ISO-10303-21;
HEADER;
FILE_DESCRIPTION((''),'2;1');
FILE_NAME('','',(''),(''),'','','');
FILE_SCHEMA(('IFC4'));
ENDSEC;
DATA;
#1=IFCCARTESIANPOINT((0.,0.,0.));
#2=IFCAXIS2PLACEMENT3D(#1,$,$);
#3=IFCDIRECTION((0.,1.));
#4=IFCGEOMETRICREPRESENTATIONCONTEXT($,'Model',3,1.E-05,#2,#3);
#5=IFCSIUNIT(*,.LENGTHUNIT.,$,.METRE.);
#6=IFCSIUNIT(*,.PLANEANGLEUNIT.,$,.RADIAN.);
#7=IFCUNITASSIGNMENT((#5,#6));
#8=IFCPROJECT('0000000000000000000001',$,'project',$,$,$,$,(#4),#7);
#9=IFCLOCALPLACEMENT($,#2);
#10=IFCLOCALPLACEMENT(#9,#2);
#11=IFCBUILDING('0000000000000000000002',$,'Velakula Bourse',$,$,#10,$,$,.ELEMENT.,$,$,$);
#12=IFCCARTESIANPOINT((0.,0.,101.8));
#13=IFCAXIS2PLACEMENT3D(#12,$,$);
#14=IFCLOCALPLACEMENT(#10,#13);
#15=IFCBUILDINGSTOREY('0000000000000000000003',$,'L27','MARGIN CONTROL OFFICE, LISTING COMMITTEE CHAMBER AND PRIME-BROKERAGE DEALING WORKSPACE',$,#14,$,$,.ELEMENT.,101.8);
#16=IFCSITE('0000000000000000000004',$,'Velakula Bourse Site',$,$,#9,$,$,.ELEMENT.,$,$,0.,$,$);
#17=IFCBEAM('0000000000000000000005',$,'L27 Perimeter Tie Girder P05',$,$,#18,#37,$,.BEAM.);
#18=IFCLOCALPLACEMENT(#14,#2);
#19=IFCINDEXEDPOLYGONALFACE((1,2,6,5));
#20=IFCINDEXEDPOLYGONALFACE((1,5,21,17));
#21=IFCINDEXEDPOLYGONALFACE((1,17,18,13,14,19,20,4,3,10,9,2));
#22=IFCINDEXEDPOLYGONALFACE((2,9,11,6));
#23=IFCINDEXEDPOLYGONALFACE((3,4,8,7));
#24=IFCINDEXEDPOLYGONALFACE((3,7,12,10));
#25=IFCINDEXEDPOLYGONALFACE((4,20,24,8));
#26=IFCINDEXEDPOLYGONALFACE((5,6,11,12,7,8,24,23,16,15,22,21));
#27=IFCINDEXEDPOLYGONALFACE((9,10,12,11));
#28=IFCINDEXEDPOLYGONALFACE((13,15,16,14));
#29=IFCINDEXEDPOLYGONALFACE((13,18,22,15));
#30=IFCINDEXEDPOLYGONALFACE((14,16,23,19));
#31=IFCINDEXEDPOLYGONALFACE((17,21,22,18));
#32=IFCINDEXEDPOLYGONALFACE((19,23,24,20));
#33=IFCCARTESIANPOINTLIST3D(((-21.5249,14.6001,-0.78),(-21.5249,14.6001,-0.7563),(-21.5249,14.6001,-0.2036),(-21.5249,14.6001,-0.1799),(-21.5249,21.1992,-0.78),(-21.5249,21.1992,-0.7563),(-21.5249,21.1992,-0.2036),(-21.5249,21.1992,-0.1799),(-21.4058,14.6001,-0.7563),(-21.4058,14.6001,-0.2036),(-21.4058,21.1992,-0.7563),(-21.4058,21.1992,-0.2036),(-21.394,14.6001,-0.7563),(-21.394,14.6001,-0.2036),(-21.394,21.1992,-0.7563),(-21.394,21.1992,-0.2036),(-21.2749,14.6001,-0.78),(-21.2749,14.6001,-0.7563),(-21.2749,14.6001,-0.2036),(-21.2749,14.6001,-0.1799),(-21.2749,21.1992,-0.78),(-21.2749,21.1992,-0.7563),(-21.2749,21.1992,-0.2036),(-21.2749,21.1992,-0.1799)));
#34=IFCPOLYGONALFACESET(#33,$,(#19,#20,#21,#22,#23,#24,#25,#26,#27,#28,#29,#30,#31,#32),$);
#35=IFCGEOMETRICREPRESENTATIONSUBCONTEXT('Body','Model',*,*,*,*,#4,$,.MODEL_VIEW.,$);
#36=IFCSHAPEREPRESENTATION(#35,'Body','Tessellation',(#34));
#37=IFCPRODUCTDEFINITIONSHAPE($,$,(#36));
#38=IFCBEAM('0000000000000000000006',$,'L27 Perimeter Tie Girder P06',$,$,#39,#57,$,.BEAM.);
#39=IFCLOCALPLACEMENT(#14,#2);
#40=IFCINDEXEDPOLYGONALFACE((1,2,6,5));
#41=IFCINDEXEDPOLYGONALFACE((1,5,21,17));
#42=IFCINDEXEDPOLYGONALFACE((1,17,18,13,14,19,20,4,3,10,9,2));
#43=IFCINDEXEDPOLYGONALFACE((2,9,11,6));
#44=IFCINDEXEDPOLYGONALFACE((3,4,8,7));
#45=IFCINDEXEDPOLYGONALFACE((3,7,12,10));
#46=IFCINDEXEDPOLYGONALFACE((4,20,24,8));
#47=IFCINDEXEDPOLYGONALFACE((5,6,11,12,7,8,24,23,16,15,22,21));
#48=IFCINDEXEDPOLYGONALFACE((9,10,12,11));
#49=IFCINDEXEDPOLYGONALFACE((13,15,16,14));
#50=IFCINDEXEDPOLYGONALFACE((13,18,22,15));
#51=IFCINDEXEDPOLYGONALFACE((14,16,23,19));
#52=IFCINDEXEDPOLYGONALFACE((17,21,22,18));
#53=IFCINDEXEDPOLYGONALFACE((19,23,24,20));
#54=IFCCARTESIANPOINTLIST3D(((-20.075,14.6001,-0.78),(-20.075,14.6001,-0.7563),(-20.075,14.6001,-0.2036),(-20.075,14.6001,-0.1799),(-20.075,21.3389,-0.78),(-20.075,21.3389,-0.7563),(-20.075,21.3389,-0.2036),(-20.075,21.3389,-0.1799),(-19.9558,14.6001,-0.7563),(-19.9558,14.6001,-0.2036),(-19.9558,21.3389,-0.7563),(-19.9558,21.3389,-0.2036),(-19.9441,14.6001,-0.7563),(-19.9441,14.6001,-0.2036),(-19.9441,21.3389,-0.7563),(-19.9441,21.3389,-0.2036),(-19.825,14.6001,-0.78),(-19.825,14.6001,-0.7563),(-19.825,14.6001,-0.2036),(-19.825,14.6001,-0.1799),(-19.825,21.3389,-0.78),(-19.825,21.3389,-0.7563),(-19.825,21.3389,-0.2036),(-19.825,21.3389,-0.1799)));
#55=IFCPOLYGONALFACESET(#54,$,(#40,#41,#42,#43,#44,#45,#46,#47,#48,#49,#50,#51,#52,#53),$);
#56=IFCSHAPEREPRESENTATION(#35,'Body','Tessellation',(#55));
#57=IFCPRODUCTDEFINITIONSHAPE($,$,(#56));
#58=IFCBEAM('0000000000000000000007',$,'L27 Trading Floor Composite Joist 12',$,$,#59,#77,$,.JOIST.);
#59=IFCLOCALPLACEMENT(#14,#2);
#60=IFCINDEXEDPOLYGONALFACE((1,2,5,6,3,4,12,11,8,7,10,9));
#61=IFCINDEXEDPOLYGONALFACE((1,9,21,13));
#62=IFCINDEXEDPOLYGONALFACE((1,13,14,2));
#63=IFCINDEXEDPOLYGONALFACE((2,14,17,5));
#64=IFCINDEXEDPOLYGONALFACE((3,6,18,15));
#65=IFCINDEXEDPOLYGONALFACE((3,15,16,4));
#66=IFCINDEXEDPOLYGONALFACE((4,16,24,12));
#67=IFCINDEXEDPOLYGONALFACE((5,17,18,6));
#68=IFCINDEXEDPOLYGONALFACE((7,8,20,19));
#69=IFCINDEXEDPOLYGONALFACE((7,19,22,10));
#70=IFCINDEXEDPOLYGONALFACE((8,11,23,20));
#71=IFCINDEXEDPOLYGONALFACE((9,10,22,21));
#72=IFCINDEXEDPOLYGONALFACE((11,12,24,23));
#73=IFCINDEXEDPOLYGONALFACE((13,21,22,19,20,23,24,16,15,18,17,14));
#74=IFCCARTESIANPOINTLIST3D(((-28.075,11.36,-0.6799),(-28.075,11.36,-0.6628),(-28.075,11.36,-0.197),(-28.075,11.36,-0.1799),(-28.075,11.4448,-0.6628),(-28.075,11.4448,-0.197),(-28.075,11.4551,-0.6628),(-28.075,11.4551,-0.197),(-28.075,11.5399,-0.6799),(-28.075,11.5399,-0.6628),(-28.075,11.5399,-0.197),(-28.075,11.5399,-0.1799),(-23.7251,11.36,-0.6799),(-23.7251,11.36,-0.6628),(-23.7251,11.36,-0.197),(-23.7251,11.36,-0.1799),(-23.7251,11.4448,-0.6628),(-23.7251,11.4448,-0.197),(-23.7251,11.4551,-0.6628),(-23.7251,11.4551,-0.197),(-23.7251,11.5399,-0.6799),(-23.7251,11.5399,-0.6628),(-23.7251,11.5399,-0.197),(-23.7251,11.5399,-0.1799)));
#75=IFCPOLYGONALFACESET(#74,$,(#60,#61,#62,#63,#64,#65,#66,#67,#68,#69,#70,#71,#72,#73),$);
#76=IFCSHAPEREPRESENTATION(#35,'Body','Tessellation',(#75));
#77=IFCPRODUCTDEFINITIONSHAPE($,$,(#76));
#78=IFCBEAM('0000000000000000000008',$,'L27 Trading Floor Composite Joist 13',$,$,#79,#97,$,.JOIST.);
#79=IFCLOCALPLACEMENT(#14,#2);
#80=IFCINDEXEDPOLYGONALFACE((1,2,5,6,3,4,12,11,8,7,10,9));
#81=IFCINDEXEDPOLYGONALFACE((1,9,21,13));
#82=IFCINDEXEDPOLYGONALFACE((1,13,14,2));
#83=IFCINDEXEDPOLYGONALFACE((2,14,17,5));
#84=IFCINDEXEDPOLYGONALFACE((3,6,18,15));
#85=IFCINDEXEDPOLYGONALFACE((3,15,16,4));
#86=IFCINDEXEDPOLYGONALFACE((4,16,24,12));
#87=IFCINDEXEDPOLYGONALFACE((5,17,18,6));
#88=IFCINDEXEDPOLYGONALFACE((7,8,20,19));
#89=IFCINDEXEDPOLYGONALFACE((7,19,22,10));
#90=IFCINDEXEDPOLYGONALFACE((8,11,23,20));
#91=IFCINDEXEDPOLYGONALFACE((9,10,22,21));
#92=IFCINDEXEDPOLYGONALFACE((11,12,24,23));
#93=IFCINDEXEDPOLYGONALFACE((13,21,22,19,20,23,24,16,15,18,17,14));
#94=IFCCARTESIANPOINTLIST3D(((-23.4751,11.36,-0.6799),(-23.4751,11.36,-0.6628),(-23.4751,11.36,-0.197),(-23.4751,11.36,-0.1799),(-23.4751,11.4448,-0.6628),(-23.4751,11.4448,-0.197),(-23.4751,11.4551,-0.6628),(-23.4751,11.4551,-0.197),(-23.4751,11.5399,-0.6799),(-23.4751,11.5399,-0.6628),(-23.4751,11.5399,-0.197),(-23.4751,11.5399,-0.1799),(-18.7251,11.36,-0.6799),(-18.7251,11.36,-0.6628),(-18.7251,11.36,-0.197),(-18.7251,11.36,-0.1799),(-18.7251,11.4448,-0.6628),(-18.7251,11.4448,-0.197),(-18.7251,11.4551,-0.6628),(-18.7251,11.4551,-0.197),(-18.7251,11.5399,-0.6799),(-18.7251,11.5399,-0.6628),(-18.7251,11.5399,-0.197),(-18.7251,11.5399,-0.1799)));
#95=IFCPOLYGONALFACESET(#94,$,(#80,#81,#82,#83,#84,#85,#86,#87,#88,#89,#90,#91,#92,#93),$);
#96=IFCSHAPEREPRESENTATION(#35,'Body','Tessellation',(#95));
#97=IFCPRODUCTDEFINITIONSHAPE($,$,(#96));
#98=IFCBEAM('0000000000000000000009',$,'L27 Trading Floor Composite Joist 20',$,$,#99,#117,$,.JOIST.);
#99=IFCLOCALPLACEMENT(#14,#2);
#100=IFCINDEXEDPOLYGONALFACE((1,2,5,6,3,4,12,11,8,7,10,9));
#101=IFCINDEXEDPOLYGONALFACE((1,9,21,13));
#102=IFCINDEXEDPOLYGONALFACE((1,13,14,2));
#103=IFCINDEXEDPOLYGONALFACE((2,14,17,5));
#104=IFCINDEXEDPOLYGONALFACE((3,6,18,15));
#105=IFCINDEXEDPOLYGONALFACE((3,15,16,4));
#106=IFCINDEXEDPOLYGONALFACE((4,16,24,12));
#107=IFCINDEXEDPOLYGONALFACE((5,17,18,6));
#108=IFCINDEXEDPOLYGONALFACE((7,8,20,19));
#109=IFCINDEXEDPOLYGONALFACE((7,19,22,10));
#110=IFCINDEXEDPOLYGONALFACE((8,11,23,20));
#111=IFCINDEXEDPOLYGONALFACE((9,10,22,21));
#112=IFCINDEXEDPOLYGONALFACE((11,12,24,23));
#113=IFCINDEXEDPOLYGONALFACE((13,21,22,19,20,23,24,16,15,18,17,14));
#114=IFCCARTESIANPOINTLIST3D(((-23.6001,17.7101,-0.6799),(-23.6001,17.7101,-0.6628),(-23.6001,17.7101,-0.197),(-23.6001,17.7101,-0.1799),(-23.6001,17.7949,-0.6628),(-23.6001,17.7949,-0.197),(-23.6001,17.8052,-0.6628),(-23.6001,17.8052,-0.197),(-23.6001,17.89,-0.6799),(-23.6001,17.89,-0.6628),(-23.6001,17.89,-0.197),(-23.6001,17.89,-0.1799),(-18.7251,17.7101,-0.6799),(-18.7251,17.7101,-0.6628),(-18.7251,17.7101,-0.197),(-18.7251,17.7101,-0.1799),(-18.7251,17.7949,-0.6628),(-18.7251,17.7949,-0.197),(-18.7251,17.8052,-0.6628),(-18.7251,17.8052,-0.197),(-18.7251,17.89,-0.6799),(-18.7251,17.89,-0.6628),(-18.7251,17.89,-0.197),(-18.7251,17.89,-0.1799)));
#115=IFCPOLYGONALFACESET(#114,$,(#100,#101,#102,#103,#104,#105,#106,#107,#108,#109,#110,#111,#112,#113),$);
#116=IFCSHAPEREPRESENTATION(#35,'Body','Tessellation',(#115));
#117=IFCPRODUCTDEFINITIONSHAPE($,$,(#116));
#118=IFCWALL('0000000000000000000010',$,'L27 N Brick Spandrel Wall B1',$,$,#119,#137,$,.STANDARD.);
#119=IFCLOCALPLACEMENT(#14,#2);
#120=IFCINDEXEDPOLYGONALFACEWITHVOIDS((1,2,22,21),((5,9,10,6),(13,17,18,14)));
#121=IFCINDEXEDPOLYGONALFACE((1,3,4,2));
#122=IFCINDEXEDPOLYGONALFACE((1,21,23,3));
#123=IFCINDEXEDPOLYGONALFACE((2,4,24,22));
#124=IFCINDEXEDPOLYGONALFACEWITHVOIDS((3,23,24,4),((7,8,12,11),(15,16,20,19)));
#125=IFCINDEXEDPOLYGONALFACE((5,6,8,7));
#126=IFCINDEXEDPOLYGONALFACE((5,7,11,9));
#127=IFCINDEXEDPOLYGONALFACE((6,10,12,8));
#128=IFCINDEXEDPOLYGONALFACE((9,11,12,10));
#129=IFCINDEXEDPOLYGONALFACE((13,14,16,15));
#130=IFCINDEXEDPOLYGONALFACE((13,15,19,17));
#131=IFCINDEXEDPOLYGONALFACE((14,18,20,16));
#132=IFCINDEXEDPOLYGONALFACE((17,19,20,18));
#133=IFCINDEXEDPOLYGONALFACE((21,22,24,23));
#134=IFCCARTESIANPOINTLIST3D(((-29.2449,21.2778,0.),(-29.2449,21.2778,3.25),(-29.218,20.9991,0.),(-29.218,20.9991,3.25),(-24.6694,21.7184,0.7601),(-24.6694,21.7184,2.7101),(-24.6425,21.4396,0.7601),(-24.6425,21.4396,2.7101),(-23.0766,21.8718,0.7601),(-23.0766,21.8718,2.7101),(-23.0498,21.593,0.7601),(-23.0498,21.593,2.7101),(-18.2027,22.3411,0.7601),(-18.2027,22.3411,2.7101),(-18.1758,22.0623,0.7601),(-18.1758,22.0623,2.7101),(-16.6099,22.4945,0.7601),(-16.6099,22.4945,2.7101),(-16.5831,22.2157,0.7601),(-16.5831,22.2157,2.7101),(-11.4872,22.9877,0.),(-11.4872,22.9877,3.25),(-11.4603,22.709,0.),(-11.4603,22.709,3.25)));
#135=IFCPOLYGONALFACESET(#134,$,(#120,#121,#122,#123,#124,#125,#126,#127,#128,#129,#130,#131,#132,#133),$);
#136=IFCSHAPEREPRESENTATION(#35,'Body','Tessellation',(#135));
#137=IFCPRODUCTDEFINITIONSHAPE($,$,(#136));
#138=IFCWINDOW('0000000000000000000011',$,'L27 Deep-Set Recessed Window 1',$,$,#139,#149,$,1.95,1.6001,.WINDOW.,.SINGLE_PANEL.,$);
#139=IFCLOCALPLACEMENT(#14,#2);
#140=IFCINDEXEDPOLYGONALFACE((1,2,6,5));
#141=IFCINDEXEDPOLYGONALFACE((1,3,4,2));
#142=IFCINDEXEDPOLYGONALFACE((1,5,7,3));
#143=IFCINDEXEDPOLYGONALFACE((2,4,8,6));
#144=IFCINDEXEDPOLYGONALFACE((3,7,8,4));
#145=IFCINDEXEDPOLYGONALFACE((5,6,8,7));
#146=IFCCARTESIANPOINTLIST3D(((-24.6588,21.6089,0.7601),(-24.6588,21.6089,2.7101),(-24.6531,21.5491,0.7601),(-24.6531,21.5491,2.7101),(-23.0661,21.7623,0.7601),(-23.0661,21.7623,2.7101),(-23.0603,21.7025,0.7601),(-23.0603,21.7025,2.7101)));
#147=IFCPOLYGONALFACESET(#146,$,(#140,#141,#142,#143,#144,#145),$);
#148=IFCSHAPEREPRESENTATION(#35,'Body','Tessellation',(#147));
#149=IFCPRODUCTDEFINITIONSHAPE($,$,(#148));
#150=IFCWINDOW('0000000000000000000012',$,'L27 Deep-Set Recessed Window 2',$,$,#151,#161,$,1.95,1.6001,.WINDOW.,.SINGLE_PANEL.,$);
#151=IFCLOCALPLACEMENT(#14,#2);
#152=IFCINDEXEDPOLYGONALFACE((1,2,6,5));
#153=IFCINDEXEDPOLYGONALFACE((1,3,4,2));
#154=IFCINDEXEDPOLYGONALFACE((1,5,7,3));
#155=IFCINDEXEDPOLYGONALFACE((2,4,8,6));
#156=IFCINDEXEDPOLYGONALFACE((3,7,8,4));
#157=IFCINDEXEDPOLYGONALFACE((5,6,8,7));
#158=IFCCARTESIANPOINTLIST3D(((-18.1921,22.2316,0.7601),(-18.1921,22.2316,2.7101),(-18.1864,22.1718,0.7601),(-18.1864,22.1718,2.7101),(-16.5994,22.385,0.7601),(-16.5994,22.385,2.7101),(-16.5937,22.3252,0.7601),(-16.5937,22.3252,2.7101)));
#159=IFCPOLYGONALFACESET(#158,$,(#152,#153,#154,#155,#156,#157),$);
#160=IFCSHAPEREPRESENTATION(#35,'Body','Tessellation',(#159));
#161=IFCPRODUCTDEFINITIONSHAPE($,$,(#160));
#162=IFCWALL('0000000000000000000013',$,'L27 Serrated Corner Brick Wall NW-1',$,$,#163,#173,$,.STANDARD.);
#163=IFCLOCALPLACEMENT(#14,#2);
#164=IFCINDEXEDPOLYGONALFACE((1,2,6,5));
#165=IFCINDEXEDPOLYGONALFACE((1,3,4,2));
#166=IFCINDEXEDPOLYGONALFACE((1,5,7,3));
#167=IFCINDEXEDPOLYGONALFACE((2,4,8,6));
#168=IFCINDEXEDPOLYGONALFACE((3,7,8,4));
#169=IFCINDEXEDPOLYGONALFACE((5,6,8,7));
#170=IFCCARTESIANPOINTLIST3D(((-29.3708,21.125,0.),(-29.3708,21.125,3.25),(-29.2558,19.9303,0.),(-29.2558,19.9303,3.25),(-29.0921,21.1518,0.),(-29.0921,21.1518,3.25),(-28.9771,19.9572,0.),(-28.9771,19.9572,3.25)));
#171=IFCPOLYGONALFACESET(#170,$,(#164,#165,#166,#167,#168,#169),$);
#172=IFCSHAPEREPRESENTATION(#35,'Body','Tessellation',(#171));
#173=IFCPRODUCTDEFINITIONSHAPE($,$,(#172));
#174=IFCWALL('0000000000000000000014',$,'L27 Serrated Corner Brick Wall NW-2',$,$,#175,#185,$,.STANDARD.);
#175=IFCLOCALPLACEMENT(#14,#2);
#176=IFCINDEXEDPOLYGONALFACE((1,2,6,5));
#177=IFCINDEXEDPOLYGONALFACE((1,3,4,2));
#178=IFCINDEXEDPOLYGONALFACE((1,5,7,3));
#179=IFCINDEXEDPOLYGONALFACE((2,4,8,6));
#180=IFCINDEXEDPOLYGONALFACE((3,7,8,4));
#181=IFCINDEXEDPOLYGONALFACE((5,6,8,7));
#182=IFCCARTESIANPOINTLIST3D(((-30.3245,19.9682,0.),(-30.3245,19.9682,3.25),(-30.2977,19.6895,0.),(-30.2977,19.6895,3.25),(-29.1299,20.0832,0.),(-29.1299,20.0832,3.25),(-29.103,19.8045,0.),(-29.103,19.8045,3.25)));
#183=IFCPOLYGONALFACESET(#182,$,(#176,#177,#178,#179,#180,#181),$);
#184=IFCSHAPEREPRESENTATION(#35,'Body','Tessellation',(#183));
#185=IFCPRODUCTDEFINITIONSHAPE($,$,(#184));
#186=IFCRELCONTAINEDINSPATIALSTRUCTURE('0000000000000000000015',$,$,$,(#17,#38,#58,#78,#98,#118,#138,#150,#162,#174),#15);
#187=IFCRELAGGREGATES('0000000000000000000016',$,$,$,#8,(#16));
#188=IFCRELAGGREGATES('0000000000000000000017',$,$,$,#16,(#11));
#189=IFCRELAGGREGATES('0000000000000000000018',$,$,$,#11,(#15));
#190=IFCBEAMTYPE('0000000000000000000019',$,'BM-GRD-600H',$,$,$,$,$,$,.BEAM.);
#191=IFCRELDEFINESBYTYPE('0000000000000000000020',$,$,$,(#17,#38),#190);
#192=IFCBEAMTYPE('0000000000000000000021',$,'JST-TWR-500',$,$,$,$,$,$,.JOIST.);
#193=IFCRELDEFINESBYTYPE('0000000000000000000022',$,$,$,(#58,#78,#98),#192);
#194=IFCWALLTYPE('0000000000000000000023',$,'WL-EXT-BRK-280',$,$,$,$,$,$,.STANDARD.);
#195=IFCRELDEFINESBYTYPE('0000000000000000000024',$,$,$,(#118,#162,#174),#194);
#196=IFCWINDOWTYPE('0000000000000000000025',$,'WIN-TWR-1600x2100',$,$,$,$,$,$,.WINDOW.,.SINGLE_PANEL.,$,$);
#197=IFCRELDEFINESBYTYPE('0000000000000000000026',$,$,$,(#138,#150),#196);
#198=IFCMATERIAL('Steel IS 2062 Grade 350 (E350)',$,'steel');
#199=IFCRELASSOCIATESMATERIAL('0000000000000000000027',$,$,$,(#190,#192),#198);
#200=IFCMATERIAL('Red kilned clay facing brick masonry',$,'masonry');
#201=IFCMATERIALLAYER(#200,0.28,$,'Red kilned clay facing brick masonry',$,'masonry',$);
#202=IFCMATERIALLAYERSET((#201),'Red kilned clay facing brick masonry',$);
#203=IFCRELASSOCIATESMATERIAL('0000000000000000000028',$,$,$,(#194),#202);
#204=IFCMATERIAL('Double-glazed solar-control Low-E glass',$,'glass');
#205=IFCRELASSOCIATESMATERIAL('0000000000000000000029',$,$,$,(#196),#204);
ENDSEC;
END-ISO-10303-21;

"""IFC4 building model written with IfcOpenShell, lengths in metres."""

from ifc_helpers import new_model, si_unit, direction, frame, frame_2d, origin, origin_2d, place, context, subcontext, project, spatial, rectangle, i_section, extrude, material, layer, layer_set, material_profile, profile_set, type_object, element, fill, save


model = new_model("IFC4")

# Units and contexts
model_context = context("Model", 3, precision=1e-05, world=origin(), true_north=direction((0.0, 1.0)))
body_context = subcontext(model_context, "Body", "Model", "MODEL_VIEW")
ifc_project = project(units=[si_unit("LENGTHUNIT", "METRE"), si_unit("PLANEANGLEUNIT", "RADIAN")], contexts=[model_context])

# Site, building, storey
site_placement = place(None, origin())
site = spatial("IfcSite", under=ifc_project, at=site_placement, Name="Velakula Bourse Site", CompositionType="ELEMENT", RefElevation=0.0)
building_placement = place(site_placement, origin())
building = spatial("IfcBuilding", under=site, at=building_placement, Name="Velakula Bourse", CompositionType="ELEMENT")
storey_placement = place(building_placement, frame((0.0, 0.0, 101.8)))
storey = spatial("IfcBuildingStorey", under=building, at=storey_placement, Name="L27", Description="MARGIN CONTROL OFFICE, LISTING COMMITTEE CHAMBER AND PRIME-BROKERAGE DEALING WORKSPACE", CompositionType="ELEMENT", Elevation=101.8)

# Beams
ifc_material_1 = material(Name="Steel IS 2062 Grade 350 (E350)", Category="steel")
ifc_material_profile_1 = material_profile(ifc_material_1, i_section(OverallWidth=0.25, OverallDepth=0.6001, WebThickness=0.0117, FlangeThickness=0.0237, at=origin_2d()), Name="Steel IS 2062 Grade 350 (E350)")
ifc_profile_set_1 = profile_set([ifc_material_profile_1], Name="Steel IS 2062 Grade 350 (E350)")
beam_type_1 = type_object("IfcBeamType", Name="BM-GRD-600H", PredefinedType="BEAM", material=ifc_profile_set_1)
beam_1_placement = place(storey_placement, frame((-21.3999, 14.6001, -0.48), z_axis=(0.0, 1.0, 0.0), x_axis=(-1.0, 0.0, 0.0)))
element("IfcBeam", 1, at=beam_1_placement, inside=storey, type_object=beam_type_1, Name="L27 Perimeter Tie Girder P05", PredefinedType="BEAM", context=body_context, shape_type="SweptSolid", body=[
    extrude(i_section(OverallWidth=0.25, OverallDepth=0.6001, WebThickness=0.0117, FlangeThickness=0.0237, at=origin_2d()), origin(), (0.0, 0.0, 1.0), 6.5991),
])
beam_2_placement = place(storey_placement, frame((-19.95, 14.6001, -0.48), z_axis=(0.0, 1.0, 0.0), x_axis=(-1.0, 0.0, 0.0)))
element("IfcBeam", 2, at=beam_2_placement, inside=storey, type_object=beam_type_1, Name="L27 Perimeter Tie Girder P06", PredefinedType="BEAM", context=body_context, shape_type="SweptSolid", body=[
    extrude(i_section(OverallWidth=0.25, OverallDepth=0.6001, WebThickness=0.0117, FlangeThickness=0.0237, at=origin_2d()), origin(), (0.0, 0.0, 1.0), 6.7388),
])
ifc_material_profile_2 = material_profile(ifc_material_1, i_section(OverallWidth=0.1799, OverallDepth=0.5, WebThickness=0.0103, FlangeThickness=0.0171, at=origin_2d()), Name="Steel IS 2062 Grade 350 (E350)")
ifc_profile_set_2 = profile_set([ifc_material_profile_2], Name="Steel IS 2062 Grade 350 (E350)")
beam_type_2 = type_object("IfcBeamType", Name="JST-TWR-500", PredefinedType="JOIST", material=ifc_profile_set_2)
beam_3_placement = place(storey_placement, frame((-28.075, 11.45, -0.4299), z_axis=(1.0, 0.0, 0.0), x_axis=(0.0, 1.0, 0.0)))
element("IfcBeam", 3, at=beam_3_placement, inside=storey, type_object=beam_type_2, Name="L27 Trading Floor Composite Joist 12", PredefinedType="JOIST", context=body_context, shape_type="SweptSolid", body=[
    extrude(i_section(OverallWidth=0.1799, OverallDepth=0.5, WebThickness=0.0103, FlangeThickness=0.0171, at=origin_2d()), origin(), (0.0, 0.0, 1.0), 4.3499),
])
beam_4_placement = place(storey_placement, frame((-23.4751, 11.45, -0.4299), z_axis=(1.0, 0.0, 0.0), x_axis=(0.0, 1.0, 0.0)))
element("IfcBeam", 4, at=beam_4_placement, inside=storey, type_object=beam_type_2, Name="L27 Trading Floor Composite Joist 13", PredefinedType="JOIST", context=body_context, shape_type="SweptSolid", body=[
    extrude(i_section(OverallWidth=0.1799, OverallDepth=0.5, WebThickness=0.0103, FlangeThickness=0.0171, at=origin_2d()), origin(), (0.0, 0.0, 1.0), 4.75),
])
beam_5_placement = place(storey_placement, frame((-23.6001, 17.8, -0.4299), z_axis=(1.0, 0.0, 0.0), x_axis=(0.0, 1.0, 0.0)))
element("IfcBeam", 5, at=beam_5_placement, inside=storey, type_object=beam_type_2, Name="L27 Trading Floor Composite Joist 20", PredefinedType="JOIST", context=body_context, shape_type="SweptSolid", body=[
    extrude(i_section(OverallWidth=0.1799, OverallDepth=0.5, WebThickness=0.0103, FlangeThickness=0.0171, at=origin_2d()), origin(), (0.0, 0.0, 1.0), 4.875),
])

# Wall, openings, windows
ifc_material_2 = material(Name="Red kilned clay facing brick masonry", Category="masonry")
ifc_layer_1 = layer(ifc_material_2, 0.28, Name="Red kilned clay facing brick masonry", Category="masonry")
ifc_layer_set_1 = layer_set([ifc_layer_1], Name="Red kilned clay facing brick masonry")
wall_type_1 = type_object("IfcWallType", Name="WL-EXT-BRK-280", PredefinedType="STANDARD", material=ifc_layer_set_1)
wall_1_placement = place(storey_placement, frame((-29.2314, 21.1384, 0.0), z_axis=(0.0, 0.0, 1.0), x_axis=(0.995396, 0.09585, 0.0)))
wall_1 = element("IfcWall", 6, at=wall_1_placement, inside=storey, type_object=wall_type_1, Name="L27 N Brick Spandrel Wall B1", PredefinedType="STANDARD", context=body_context, shape_type="SweptSolid", body=[
    extrude(rectangle(XDim=17.8398, YDim=0.28, at=frame_2d((8.9199, 0.0))), origin(), (0.0, 0.0, 1.0), 3.25),
])
opening_1_placement = place(wall_1_placement, frame((4.5967, 0.0, 0.76)))
opening_1 = element("IfcOpeningElement", 7, at=opening_1_placement, cuts=wall_1, PredefinedType="OPENING", context=body_context, shape_type="SweptSolid", body=[
    extrude(rectangle(XDim=1.6001, YDim=1.95, at=frame_2d((0.8, 0.9751))), frame((0.0, 0.1499, 0.0), z_axis=(0.0, -1.0, 0.0), x_axis=(1.0, 0.0, 0.0)), (0.0, 0.0, 1.0), 0.3),
])
opening_2_placement = place(wall_1_placement, frame((11.0933, 0.0, 0.76)))
opening_2 = element("IfcOpeningElement", 8, at=opening_2_placement, cuts=wall_1, PredefinedType="OPENING", context=body_context, shape_type="SweptSolid", body=[
    extrude(rectangle(XDim=1.6001, YDim=1.95, at=frame_2d((0.8, 0.9751))), frame((0.0, 0.1499, 0.0), z_axis=(0.0, -1.0, 0.0), x_axis=(1.0, 0.0, 0.0)), (0.0, 0.0, 1.0), 0.3),
])
ifc_material_3 = material(Name="Double-glazed solar-control Low-E glass", Category="glass")
window_type = type_object("IfcWindowType", Name="WIN-TWR-1600x2100", PartitioningType="SINGLE_PANEL", PredefinedType="WINDOW", material=ifc_material_3)
window_1_placement = place(opening_1_placement, origin())
window_1 = element("IfcWindow", 9, at=window_1_placement, inside=storey, type_object=window_type, Name="L27 Deep-Set Recessed Window 1", OverallHeight=1.95, OverallWidth=1.6001, PartitioningType="SINGLE_PANEL", PredefinedType="WINDOW", context=body_context, shape_type="SweptSolid", body=[
    extrude(rectangle(XDim=1.6001, YDim=1.95, at=frame_2d((0.8, 0.9751))), frame((0.0, 0.03, 0.0), z_axis=(0.0, -1.0, 0.0), x_axis=(1.0, 0.0, 0.0)), (0.0, 0.0, 1.0), 0.0601),
])
fill(opening_1, window_1)
window_2_placement = place(opening_2_placement, origin())
window_2 = element("IfcWindow", 10, at=window_2_placement, inside=storey, type_object=window_type, Name="L27 Deep-Set Recessed Window 2", OverallHeight=1.95, OverallWidth=1.6001, PartitioningType="SINGLE_PANEL", PredefinedType="WINDOW", context=body_context, shape_type="SweptSolid", body=[
    extrude(rectangle(XDim=1.6001, YDim=1.95, at=frame_2d((0.8, 0.9751))), frame((0.0, 0.03, 0.0), z_axis=(0.0, -1.0, 0.0), x_axis=(1.0, 0.0, 0.0)), (0.0, 0.0, 1.0), 0.0601),
])
fill(opening_2, window_2)

# Walls
for number, where, z_axis, x_axis, name in (
    (11, (-29.2314, 21.1384, 0.0), (0.0, 0.0, 1.0), (0.095817, -0.995399, 0.0), "L27 Serrated Corner Brick Wall NW-1"),
    (12, (-29.1165, 19.9438, 0.0), (0.0, 0.0, 1.0), (-0.995399, -0.095817, 0.0), "L27 Serrated Corner Brick Wall NW-2"),
):
    element("IfcWall", number, at=place(storey_placement, frame(where, z_axis=z_axis, x_axis=x_axis)), inside=storey, type_object=wall_type_1, Name=name, PredefinedType="STANDARD", context=body_context, shape_type="SweptSolid", body=[
        extrude(rectangle(XDim=1.2002, YDim=0.28, at=frame_2d((0.6001, 0.0))), origin(), (0.0, 0.0, 1.0), 3.25),
    ])

save(model, "model.ifc")
